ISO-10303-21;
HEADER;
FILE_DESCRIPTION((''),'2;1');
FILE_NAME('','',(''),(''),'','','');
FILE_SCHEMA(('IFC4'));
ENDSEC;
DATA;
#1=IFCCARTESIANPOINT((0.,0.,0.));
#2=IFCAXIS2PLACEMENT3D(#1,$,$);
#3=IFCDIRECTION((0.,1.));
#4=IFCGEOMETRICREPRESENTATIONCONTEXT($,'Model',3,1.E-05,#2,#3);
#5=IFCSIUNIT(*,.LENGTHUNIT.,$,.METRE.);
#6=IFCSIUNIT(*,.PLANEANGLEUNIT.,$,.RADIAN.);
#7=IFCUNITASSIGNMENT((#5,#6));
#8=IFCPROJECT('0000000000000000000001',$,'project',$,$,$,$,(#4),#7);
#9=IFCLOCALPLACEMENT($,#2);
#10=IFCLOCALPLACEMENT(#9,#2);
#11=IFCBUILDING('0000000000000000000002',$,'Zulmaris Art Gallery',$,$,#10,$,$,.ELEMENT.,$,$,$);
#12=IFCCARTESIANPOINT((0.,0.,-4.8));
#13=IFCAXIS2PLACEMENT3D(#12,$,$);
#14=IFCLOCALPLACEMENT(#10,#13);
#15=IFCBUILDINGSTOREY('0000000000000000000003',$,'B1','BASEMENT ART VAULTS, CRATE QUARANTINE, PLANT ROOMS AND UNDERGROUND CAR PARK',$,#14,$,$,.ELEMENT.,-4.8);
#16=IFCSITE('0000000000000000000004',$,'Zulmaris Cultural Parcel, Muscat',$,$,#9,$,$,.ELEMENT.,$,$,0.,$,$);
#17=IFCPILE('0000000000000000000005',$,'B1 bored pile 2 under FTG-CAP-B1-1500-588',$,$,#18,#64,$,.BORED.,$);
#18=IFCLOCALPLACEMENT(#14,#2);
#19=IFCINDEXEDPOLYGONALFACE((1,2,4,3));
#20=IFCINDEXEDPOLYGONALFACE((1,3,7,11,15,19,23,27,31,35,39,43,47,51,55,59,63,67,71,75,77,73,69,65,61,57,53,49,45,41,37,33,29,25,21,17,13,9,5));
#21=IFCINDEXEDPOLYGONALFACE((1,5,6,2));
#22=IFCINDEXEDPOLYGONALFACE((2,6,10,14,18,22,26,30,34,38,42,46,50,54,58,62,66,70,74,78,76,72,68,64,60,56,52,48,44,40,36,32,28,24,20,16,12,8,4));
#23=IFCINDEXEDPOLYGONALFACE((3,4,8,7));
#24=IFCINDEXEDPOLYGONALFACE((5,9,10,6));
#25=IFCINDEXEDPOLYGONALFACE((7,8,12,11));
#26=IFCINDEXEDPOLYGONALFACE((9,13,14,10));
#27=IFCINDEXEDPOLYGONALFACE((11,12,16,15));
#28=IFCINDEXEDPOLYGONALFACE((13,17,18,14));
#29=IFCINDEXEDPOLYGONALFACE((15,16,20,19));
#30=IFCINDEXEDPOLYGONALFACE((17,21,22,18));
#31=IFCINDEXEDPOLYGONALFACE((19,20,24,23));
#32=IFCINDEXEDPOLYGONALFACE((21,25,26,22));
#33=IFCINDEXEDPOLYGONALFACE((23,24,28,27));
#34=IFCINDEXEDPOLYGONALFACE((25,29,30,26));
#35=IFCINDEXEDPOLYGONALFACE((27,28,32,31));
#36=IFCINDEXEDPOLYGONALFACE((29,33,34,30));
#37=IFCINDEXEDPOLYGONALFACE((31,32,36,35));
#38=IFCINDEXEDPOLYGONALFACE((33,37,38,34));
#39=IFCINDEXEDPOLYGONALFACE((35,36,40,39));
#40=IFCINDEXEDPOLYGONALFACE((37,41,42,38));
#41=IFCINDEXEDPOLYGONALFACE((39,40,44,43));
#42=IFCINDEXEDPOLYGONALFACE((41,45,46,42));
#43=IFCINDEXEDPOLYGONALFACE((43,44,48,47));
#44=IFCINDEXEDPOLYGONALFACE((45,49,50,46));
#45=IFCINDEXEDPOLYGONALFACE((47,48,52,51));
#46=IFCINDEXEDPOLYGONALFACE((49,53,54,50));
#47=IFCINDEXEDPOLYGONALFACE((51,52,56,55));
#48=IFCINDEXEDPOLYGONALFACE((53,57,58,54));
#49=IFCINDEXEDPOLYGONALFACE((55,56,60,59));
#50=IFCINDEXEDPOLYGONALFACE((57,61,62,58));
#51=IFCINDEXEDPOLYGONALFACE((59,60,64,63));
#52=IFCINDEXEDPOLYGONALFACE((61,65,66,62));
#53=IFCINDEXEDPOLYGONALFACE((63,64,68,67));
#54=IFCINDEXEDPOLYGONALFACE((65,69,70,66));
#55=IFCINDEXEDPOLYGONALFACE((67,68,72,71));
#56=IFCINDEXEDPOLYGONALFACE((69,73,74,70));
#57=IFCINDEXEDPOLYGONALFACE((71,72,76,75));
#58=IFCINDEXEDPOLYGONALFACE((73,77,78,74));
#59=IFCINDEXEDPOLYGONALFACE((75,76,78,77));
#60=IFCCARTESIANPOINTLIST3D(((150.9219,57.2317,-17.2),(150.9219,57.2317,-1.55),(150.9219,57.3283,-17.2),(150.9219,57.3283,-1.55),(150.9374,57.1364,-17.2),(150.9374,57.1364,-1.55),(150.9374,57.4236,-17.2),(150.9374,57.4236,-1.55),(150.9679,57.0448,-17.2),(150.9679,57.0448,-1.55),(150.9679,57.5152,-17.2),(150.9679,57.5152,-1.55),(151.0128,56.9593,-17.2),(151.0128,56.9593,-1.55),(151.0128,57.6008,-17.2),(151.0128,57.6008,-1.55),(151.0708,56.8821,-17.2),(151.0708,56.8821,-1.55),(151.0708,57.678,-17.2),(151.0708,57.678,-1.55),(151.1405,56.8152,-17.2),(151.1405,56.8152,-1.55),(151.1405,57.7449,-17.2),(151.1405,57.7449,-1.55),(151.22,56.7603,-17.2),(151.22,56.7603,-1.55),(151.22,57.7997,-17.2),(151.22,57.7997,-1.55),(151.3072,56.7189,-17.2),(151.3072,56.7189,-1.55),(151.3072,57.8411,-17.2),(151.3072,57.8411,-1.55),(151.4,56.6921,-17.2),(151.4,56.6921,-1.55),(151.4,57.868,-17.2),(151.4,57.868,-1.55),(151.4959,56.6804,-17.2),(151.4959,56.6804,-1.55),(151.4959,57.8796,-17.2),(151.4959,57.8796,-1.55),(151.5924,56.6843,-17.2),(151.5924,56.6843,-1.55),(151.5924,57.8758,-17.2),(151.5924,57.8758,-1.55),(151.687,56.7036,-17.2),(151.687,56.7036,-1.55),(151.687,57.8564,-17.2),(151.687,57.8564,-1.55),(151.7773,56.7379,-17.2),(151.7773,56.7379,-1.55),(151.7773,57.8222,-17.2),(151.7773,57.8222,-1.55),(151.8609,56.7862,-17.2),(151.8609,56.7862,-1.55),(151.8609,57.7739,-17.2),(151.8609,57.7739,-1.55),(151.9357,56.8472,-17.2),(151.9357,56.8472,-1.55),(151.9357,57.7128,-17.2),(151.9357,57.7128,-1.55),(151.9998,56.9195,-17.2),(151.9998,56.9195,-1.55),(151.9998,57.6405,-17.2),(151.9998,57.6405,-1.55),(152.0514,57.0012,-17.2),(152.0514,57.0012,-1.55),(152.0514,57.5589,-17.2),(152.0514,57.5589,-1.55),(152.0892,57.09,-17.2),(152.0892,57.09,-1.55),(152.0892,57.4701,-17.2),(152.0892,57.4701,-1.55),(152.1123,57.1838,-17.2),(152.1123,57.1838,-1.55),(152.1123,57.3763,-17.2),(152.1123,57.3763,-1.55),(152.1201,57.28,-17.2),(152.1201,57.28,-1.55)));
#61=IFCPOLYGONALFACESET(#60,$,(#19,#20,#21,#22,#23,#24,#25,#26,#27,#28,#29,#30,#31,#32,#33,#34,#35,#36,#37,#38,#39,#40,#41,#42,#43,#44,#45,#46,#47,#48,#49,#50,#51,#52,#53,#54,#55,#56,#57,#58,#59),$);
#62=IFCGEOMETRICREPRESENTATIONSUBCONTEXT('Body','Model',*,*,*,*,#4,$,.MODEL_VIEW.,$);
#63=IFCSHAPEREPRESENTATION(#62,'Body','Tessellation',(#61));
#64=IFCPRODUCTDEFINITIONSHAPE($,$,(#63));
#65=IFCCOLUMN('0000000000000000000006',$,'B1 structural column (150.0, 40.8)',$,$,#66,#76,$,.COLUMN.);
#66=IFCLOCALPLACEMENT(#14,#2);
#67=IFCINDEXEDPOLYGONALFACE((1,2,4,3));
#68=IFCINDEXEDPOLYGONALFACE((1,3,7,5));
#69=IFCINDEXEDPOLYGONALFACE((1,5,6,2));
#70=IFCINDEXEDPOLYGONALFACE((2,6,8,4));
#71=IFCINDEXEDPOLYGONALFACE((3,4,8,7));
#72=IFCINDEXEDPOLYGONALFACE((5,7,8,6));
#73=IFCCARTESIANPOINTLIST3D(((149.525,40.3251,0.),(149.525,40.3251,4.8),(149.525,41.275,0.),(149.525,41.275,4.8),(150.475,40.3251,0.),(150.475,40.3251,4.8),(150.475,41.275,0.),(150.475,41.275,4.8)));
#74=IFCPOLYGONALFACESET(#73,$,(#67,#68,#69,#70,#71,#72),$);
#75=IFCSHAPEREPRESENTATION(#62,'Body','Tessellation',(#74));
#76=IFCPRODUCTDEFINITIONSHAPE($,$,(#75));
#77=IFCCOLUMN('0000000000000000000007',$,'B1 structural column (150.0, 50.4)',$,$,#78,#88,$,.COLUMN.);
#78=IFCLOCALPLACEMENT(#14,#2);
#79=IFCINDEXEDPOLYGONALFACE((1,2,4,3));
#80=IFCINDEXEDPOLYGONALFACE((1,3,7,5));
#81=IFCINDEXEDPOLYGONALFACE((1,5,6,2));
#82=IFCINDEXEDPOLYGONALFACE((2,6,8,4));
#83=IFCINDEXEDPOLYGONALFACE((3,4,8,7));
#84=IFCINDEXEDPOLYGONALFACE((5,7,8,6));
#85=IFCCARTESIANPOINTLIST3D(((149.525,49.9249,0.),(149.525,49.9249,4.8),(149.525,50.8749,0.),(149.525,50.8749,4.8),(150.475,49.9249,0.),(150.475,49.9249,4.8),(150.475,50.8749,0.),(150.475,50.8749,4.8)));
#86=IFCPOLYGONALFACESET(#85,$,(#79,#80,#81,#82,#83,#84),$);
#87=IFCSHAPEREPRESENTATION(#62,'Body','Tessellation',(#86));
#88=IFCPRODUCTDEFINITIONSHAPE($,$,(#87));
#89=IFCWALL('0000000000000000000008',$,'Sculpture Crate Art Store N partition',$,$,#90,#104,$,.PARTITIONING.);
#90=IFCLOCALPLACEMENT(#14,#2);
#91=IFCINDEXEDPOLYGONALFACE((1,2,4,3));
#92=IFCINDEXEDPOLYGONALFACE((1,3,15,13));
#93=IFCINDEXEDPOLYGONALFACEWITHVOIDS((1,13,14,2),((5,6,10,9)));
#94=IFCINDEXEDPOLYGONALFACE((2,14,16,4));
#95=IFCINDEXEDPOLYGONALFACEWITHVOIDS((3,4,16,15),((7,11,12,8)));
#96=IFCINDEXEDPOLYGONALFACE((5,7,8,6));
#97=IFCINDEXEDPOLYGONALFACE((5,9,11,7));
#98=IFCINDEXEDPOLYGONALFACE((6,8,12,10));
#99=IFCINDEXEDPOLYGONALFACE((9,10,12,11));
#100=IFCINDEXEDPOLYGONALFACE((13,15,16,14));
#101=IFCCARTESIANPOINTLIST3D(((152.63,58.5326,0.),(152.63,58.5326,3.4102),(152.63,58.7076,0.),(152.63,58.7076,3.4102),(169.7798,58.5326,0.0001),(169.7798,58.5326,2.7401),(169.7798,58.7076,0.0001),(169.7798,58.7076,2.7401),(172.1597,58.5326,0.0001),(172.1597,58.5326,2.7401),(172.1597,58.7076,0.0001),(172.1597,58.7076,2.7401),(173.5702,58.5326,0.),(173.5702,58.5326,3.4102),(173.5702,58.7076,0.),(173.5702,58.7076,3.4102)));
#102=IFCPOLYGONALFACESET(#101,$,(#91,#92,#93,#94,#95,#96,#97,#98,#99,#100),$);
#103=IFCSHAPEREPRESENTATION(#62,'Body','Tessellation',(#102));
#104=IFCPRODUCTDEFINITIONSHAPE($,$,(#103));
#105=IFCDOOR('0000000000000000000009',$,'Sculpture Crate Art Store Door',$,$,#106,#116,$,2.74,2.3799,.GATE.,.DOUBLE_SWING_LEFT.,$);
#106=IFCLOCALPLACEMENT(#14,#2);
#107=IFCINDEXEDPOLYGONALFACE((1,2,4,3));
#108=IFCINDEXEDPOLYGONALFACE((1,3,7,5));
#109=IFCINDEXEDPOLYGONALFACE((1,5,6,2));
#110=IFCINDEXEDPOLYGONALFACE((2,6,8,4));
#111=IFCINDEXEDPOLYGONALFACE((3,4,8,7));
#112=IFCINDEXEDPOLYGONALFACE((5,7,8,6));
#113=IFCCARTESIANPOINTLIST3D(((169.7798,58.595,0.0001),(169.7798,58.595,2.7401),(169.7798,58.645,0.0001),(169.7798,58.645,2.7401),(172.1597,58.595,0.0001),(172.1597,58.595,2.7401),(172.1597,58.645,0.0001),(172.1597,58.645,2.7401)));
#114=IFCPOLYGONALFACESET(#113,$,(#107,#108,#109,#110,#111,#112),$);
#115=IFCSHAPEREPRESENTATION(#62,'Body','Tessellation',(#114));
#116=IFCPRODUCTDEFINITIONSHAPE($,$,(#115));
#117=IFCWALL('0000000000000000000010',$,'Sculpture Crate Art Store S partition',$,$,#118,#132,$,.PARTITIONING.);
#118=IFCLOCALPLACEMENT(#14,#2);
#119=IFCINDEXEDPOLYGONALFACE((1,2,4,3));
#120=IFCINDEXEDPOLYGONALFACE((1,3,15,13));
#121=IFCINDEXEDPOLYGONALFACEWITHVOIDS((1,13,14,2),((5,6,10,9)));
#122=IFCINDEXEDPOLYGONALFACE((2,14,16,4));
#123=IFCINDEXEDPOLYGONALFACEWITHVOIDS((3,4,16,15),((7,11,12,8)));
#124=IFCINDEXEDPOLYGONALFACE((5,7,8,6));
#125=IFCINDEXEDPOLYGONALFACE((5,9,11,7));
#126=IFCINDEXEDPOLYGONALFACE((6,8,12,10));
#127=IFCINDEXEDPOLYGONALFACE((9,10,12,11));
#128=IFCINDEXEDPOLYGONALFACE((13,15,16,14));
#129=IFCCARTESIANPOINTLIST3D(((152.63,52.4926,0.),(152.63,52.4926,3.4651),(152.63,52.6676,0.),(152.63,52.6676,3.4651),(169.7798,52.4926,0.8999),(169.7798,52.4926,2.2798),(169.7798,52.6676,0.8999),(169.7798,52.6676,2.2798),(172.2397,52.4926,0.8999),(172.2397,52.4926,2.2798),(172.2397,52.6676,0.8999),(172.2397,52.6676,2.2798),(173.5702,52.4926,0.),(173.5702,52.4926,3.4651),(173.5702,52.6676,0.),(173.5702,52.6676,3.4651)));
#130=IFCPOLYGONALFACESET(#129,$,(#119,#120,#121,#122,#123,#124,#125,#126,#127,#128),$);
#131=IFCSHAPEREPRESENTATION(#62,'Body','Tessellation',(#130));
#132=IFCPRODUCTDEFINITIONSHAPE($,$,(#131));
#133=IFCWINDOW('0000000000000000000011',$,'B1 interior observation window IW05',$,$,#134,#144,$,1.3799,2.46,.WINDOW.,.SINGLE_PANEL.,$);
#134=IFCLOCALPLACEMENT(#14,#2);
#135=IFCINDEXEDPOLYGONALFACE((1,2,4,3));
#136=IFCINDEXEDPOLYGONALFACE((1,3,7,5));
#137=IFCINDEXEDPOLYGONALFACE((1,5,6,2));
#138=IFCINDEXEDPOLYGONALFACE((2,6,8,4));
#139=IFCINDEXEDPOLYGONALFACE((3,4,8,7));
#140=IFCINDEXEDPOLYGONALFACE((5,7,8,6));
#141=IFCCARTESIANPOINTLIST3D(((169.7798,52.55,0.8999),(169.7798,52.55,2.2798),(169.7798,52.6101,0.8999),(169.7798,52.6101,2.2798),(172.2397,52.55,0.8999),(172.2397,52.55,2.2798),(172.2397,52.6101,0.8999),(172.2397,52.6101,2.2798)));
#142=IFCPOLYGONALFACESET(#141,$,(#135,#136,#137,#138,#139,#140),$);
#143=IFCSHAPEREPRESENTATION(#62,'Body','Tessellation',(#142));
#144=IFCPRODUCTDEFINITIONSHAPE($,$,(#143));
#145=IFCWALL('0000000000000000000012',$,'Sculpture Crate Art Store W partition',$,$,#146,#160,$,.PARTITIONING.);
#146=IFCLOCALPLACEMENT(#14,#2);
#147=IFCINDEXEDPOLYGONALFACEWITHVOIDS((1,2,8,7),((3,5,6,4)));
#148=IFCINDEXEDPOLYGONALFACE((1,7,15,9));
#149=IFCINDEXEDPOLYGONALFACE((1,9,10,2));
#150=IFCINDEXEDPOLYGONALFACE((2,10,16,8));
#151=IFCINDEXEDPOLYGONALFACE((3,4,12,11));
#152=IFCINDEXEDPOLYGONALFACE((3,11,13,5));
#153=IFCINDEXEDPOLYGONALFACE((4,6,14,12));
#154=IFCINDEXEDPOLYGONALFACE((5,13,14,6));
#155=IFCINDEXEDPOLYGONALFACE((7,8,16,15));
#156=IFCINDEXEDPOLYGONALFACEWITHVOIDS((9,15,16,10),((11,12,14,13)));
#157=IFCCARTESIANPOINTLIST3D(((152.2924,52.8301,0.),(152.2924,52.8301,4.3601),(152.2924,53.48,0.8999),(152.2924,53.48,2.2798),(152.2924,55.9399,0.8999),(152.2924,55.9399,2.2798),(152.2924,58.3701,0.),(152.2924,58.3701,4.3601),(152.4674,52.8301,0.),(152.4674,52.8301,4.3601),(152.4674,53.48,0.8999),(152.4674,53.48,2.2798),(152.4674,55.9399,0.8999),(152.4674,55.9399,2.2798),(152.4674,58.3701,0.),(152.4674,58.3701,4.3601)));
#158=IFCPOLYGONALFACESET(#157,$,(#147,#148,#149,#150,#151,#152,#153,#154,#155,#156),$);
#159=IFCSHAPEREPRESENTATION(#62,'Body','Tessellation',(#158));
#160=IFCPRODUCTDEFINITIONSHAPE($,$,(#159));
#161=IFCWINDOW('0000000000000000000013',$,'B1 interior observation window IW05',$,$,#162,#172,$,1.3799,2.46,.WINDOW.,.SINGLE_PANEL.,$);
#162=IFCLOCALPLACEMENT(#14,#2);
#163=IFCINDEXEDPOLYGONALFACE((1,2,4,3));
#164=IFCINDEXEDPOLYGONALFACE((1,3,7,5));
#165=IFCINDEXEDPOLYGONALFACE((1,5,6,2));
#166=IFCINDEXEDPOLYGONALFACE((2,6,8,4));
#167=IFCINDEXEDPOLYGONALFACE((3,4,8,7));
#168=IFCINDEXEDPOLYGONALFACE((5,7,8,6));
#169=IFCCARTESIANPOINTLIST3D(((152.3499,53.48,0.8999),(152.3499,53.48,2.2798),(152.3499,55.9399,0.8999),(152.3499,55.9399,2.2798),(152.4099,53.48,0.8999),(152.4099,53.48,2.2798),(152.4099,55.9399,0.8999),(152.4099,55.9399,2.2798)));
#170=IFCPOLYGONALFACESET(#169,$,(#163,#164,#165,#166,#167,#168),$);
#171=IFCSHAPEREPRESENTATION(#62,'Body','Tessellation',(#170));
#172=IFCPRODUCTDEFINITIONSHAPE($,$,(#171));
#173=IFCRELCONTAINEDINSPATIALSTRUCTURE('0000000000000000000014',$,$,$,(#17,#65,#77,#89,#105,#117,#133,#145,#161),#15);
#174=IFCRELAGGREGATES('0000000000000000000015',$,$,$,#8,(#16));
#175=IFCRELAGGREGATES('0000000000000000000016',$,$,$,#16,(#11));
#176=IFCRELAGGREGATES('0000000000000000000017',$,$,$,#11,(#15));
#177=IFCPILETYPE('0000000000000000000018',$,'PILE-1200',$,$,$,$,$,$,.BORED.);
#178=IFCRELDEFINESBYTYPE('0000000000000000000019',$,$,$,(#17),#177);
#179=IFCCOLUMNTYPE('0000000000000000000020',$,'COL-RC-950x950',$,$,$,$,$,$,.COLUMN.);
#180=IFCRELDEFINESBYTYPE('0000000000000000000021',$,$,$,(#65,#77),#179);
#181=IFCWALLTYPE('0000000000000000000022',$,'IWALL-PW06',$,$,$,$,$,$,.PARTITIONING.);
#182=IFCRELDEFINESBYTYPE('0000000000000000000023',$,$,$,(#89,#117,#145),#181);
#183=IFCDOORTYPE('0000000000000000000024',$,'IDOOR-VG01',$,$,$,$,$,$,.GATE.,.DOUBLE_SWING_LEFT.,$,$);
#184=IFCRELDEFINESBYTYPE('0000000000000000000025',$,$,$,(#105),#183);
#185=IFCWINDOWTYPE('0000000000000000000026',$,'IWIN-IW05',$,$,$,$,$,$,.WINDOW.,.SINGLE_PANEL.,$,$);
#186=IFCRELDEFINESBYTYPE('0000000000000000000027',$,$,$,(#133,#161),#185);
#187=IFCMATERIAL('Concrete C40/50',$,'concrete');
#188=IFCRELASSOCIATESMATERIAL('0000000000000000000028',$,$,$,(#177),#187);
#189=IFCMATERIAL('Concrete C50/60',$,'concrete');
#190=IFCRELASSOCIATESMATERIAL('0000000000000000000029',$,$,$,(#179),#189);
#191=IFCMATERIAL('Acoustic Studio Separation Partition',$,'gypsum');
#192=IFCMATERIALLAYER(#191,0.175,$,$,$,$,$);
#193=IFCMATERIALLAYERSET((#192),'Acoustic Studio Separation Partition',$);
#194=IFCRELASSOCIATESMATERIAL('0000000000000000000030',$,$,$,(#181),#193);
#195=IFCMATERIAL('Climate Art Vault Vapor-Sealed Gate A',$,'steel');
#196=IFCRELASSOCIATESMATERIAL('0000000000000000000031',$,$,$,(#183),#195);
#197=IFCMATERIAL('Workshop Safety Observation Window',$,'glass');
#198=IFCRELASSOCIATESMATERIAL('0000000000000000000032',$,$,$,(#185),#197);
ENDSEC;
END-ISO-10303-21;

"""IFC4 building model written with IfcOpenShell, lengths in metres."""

from ifc_helpers import new_model, si_unit, direction, frame, frame_2d, origin, origin_2d, place, context, subcontext, project, spatial, rectangle, circle, extrude, material, layer, layer_set, material_profile, profile_set, type_object, element, fill, save


model = new_model("IFC4")

# Units and contexts
model_context = context("Model", 3, precision=1e-05, world=origin(), true_north=direction((0.0, 1.0)))
body_context = subcontext(model_context, "Body", "Model", "MODEL_VIEW")
ifc_project = project(units=[si_unit("LENGTHUNIT", "METRE"), si_unit("PLANEANGLEUNIT", "RADIAN")], contexts=[model_context])

# Site, building, storey
site_placement = place(None, origin())
site = spatial("IfcSite", under=ifc_project, at=site_placement, Name="Zulmaris Cultural Parcel, Muscat", CompositionType="ELEMENT", RefElevation=0.0)
building_placement = place(site_placement, origin())
building = spatial("IfcBuilding", under=site, at=building_placement, Name="Zulmaris Art Gallery", CompositionType="ELEMENT")
storey_placement = place(building_placement, frame((0.0, 0.0, -4.8)))
storey = spatial("IfcBuildingStorey", under=building, at=storey_placement, Name="B1", Description="BASEMENT ART VAULTS, CRATE QUARANTINE, PLANT ROOMS AND UNDERGROUND CAR PARK", CompositionType="ELEMENT", Elevation=-4.8)

# Pile
ifc_material_1 = material(Name="Concrete C40/50", Category="concrete")
ifc_material_profile_1 = material_profile(ifc_material_1, circle(Radius=0.6001, at=origin_2d()), Name="PILE DIA 1200")
ifc_profile_set_1 = profile_set([ifc_material_profile_1], Name="Concrete C40/50")
pile_type = type_object("IfcPileType", Name="PILE-1200", PredefinedType="BORED", material=ifc_profile_set_1)
for number, where, z_axis, x_axis, name in (
    (1, (151.52, 57.28, -1.55), (0.0, 0.0, -1.0), (1.0, 0.0, 0.0), "B1 bored pile 2 under FTG-CAP-B1-1500-588"),
):
    element("IfcPile", number, at=place(storey_placement, frame(where, z_axis=z_axis, x_axis=x_axis)), inside=storey, type_object=pile_type, Name=name, PredefinedType="BORED", context=body_context, shape_type="SweptSolid", body=[
        extrude(circle(Radius=0.6001, at=origin_2d()), origin(), (0.0, 0.0, 1.0), 15.6499),
    ])

# Columns
ifc_material_2 = material(Name="Concrete C50/60", Category="concrete")
ifc_material_profile_2 = material_profile(ifc_material_2, rectangle(XDim=0.95, YDim=0.95, at=origin_2d()), Name="RC 950x950")
ifc_profile_set_2 = profile_set([ifc_material_profile_2], Name="Concrete C50/60")
column_type = type_object("IfcColumnType", Name="COL-RC-950x950", PredefinedType="COLUMN", material=ifc_profile_set_2)
for number, where, z_axis, x_axis, name in (
    (2, (150.0, 40.8, 0.0), (0.0, 0.0, 1.0), (1.0, 0.0, 0.0), "B1 structural column (150.0, 40.8)"),
    (3, (150.0, 50.3999, 0.0), (0.0, 0.0, 1.0), (1.0, 0.0, 0.0), "B1 structural column (150.0, 50.4)"),
):
    element("IfcColumn", number, at=place(storey_placement, frame(where, z_axis=z_axis, x_axis=x_axis)), inside=storey, type_object=column_type, Name=name, PredefinedType="COLUMN", context=body_context, shape_type="SweptSolid", body=[
        extrude(rectangle(XDim=0.95, YDim=0.95, at=origin_2d()), origin(), (0.0, 0.0, 1.0), 4.8),
    ])

# Wall, opening, door
ifc_material_3 = material(Name="Acoustic Studio Separation Partition", Category="gypsum")
ifc_layer_1 = layer(ifc_material_3, 0.175)
ifc_layer_set_1 = layer_set([ifc_layer_1], Name="Acoustic Studio Separation Partition")
wall_type_1 = type_object("IfcWallType", Name="IWALL-PW06", PredefinedType="PARTITIONING", material=ifc_layer_set_1)
wall_1_placement = place(storey_placement, frame((152.6299, 58.6201, 0.0), z_axis=(0.0, 0.0, 1.0), x_axis=(1.0, 0.0, 0.0)))
wall_1 = element("IfcWall", 4, at=wall_1_placement, inside=storey, type_object=wall_type_1, Name="Sculpture Crate Art Store N partition", PredefinedType="PARTITIONING", context=body_context, shape_type="SweptSolid", body=[
    extrude(rectangle(XDim=20.9402, YDim=0.175, at=frame_2d((10.4702, 0.0))), origin(), (0.0, 0.0, 1.0), 3.4102),
])
opening_1_placement = place(wall_1_placement, frame((17.1499, 0.0, 0.0)))
opening_1 = element("IfcOpeningElement", 5, at=opening_1_placement, cuts=wall_1, PredefinedType="OPENING", context=body_context, shape_type="SweptSolid", body=[
    extrude(rectangle(XDim=2.3799, YDim=2.74, at=frame_2d((1.1899, 1.3701))), frame((0.0, 0.0974, 0.0), z_axis=(0.0, -1.0, 0.0), x_axis=(1.0, 0.0, 0.0)), (0.0, 0.0, 1.0), 0.1951),
])
ifc_material_4 = material(Name="Climate Art Vault Vapor-Sealed Gate A", Category="steel")
door_type = type_object("IfcDoorType", Name="IDOOR-VG01", OperationType="DOUBLE_SWING_LEFT", PredefinedType="GATE", material=ifc_material_4)
door_placement = place(opening_1_placement, origin())
door = element("IfcDoor", 6, at=door_placement, inside=storey, type_object=door_type, Name="Sculpture Crate Art Store Door", OperationType="DOUBLE_SWING_LEFT", OverallHeight=2.74, OverallWidth=2.3799, PredefinedType="GATE", context=body_context, shape_type="SweptSolid", body=[
    extrude(rectangle(XDim=2.3799, YDim=2.74, at=frame_2d((1.1899, 1.3701))), frame((0.0, 0.0249, 0.0), z_axis=(0.0, -1.0, 0.0), x_axis=(1.0, 0.0, 0.0)), (0.0, 0.0, 1.0), 0.05),
])
fill(opening_1, door)

# Walls, openings, windows
wall_2_placement = place(storey_placement, frame((152.6299, 52.5801, 0.0), z_axis=(0.0, 0.0, 1.0), x_axis=(1.0, 0.0, 0.0)))
wall_2 = element("IfcWall", 7, at=wall_2_placement, inside=storey, type_object=wall_type_1, Name="Sculpture Crate Art Store S partition", PredefinedType="PARTITIONING", context=body_context, shape_type="SweptSolid", body=[
    extrude(rectangle(XDim=20.9402, YDim=0.175, at=frame_2d((10.4702, 0.0))), origin(), (0.0, 0.0, 1.0), 3.4651),
])
opening_2_placement = place(wall_2_placement, frame((17.1499, 0.0, 0.8999)))
opening_2 = element("IfcOpeningElement", 8, at=opening_2_placement, cuts=wall_2, PredefinedType="OPENING", context=body_context, shape_type="SweptSolid", body=[
    extrude(rectangle(XDim=2.46, YDim=1.3799, at=frame_2d((1.23, 0.6899))), frame((0.0, 0.0974, 0.0), z_axis=(0.0, -1.0, 0.0), x_axis=(1.0, 0.0, 0.0)), (0.0, 0.0, 1.0), 0.1951),
])
ifc_material_5 = material(Name="Workshop Safety Observation Window", Category="glass")
window_type = type_object("IfcWindowType", Name="IWIN-IW05", PartitioningType="SINGLE_PANEL", PredefinedType="WINDOW", material=ifc_material_5)
window_1_placement = place(opening_2_placement, origin())
window_1 = element("IfcWindow", 9, at=window_1_placement, inside=storey, type_object=window_type, Name="B1 interior observation window IW05", OverallHeight=1.3799, OverallWidth=2.46, PartitioningType="SINGLE_PANEL", PredefinedType="WINDOW", context=body_context, shape_type="SweptSolid", body=[
    extrude(rectangle(XDim=2.46, YDim=1.3799, at=frame_2d((1.23, 0.6899))), frame((0.0, 0.03, 0.0), z_axis=(0.0, -1.0, 0.0), x_axis=(1.0, 0.0, 0.0)), (0.0, 0.0, 1.0), 0.0601),
])
fill(opening_2, window_1)
wall_3_placement = place(storey_placement, frame((152.3799, 52.8301, 0.0), z_axis=(0.0, 0.0, 1.0), x_axis=(0.0, 1.0, 0.0)))
wall_3 = element("IfcWall", 10, at=wall_3_placement, inside=storey, type_object=wall_type_1, Name="Sculpture Crate Art Store W partition", PredefinedType="PARTITIONING", context=body_context, shape_type="SweptSolid", body=[
    extrude(rectangle(XDim=5.54, YDim=0.175, at=frame_2d((2.77, 0.0))), origin(), (0.0, 0.0, 1.0), 4.3601),
])
opening_3_placement = place(wall_3_placement, frame((0.6499, 0.0, 0.8999)))
opening_3 = element("IfcOpeningElement", 11, at=opening_3_placement, cuts=wall_3, PredefinedType="OPENING", context=body_context, shape_type="SweptSolid", body=[
    extrude(rectangle(XDim=2.46, YDim=1.3799, at=frame_2d((1.23, 0.6899))), frame((0.0, 0.0974, 0.0), z_axis=(0.0, -1.0, 0.0), x_axis=(1.0, 0.0, 0.0)), (0.0, 0.0, 1.0), 0.1951),
])
window_2_placement = place(opening_3_placement, origin())
window_2 = element("IfcWindow", 12, at=window_2_placement, inside=storey, type_object=window_type, Name="B1 interior observation window IW05", OverallHeight=1.3799, OverallWidth=2.46, PartitioningType="SINGLE_PANEL", PredefinedType="WINDOW", context=body_context, shape_type="SweptSolid", body=[
    extrude(rectangle(XDim=2.46, YDim=1.3799, at=frame_2d((1.23, 0.6899))), frame((0.0, 0.03, 0.0), z_axis=(0.0, -1.0, 0.0), x_axis=(1.0, 0.0, 0.0)), (0.0, 0.0, 1.0), 0.0601),
])
fill(opening_3, window_2)

save(model, "model.ifc")
